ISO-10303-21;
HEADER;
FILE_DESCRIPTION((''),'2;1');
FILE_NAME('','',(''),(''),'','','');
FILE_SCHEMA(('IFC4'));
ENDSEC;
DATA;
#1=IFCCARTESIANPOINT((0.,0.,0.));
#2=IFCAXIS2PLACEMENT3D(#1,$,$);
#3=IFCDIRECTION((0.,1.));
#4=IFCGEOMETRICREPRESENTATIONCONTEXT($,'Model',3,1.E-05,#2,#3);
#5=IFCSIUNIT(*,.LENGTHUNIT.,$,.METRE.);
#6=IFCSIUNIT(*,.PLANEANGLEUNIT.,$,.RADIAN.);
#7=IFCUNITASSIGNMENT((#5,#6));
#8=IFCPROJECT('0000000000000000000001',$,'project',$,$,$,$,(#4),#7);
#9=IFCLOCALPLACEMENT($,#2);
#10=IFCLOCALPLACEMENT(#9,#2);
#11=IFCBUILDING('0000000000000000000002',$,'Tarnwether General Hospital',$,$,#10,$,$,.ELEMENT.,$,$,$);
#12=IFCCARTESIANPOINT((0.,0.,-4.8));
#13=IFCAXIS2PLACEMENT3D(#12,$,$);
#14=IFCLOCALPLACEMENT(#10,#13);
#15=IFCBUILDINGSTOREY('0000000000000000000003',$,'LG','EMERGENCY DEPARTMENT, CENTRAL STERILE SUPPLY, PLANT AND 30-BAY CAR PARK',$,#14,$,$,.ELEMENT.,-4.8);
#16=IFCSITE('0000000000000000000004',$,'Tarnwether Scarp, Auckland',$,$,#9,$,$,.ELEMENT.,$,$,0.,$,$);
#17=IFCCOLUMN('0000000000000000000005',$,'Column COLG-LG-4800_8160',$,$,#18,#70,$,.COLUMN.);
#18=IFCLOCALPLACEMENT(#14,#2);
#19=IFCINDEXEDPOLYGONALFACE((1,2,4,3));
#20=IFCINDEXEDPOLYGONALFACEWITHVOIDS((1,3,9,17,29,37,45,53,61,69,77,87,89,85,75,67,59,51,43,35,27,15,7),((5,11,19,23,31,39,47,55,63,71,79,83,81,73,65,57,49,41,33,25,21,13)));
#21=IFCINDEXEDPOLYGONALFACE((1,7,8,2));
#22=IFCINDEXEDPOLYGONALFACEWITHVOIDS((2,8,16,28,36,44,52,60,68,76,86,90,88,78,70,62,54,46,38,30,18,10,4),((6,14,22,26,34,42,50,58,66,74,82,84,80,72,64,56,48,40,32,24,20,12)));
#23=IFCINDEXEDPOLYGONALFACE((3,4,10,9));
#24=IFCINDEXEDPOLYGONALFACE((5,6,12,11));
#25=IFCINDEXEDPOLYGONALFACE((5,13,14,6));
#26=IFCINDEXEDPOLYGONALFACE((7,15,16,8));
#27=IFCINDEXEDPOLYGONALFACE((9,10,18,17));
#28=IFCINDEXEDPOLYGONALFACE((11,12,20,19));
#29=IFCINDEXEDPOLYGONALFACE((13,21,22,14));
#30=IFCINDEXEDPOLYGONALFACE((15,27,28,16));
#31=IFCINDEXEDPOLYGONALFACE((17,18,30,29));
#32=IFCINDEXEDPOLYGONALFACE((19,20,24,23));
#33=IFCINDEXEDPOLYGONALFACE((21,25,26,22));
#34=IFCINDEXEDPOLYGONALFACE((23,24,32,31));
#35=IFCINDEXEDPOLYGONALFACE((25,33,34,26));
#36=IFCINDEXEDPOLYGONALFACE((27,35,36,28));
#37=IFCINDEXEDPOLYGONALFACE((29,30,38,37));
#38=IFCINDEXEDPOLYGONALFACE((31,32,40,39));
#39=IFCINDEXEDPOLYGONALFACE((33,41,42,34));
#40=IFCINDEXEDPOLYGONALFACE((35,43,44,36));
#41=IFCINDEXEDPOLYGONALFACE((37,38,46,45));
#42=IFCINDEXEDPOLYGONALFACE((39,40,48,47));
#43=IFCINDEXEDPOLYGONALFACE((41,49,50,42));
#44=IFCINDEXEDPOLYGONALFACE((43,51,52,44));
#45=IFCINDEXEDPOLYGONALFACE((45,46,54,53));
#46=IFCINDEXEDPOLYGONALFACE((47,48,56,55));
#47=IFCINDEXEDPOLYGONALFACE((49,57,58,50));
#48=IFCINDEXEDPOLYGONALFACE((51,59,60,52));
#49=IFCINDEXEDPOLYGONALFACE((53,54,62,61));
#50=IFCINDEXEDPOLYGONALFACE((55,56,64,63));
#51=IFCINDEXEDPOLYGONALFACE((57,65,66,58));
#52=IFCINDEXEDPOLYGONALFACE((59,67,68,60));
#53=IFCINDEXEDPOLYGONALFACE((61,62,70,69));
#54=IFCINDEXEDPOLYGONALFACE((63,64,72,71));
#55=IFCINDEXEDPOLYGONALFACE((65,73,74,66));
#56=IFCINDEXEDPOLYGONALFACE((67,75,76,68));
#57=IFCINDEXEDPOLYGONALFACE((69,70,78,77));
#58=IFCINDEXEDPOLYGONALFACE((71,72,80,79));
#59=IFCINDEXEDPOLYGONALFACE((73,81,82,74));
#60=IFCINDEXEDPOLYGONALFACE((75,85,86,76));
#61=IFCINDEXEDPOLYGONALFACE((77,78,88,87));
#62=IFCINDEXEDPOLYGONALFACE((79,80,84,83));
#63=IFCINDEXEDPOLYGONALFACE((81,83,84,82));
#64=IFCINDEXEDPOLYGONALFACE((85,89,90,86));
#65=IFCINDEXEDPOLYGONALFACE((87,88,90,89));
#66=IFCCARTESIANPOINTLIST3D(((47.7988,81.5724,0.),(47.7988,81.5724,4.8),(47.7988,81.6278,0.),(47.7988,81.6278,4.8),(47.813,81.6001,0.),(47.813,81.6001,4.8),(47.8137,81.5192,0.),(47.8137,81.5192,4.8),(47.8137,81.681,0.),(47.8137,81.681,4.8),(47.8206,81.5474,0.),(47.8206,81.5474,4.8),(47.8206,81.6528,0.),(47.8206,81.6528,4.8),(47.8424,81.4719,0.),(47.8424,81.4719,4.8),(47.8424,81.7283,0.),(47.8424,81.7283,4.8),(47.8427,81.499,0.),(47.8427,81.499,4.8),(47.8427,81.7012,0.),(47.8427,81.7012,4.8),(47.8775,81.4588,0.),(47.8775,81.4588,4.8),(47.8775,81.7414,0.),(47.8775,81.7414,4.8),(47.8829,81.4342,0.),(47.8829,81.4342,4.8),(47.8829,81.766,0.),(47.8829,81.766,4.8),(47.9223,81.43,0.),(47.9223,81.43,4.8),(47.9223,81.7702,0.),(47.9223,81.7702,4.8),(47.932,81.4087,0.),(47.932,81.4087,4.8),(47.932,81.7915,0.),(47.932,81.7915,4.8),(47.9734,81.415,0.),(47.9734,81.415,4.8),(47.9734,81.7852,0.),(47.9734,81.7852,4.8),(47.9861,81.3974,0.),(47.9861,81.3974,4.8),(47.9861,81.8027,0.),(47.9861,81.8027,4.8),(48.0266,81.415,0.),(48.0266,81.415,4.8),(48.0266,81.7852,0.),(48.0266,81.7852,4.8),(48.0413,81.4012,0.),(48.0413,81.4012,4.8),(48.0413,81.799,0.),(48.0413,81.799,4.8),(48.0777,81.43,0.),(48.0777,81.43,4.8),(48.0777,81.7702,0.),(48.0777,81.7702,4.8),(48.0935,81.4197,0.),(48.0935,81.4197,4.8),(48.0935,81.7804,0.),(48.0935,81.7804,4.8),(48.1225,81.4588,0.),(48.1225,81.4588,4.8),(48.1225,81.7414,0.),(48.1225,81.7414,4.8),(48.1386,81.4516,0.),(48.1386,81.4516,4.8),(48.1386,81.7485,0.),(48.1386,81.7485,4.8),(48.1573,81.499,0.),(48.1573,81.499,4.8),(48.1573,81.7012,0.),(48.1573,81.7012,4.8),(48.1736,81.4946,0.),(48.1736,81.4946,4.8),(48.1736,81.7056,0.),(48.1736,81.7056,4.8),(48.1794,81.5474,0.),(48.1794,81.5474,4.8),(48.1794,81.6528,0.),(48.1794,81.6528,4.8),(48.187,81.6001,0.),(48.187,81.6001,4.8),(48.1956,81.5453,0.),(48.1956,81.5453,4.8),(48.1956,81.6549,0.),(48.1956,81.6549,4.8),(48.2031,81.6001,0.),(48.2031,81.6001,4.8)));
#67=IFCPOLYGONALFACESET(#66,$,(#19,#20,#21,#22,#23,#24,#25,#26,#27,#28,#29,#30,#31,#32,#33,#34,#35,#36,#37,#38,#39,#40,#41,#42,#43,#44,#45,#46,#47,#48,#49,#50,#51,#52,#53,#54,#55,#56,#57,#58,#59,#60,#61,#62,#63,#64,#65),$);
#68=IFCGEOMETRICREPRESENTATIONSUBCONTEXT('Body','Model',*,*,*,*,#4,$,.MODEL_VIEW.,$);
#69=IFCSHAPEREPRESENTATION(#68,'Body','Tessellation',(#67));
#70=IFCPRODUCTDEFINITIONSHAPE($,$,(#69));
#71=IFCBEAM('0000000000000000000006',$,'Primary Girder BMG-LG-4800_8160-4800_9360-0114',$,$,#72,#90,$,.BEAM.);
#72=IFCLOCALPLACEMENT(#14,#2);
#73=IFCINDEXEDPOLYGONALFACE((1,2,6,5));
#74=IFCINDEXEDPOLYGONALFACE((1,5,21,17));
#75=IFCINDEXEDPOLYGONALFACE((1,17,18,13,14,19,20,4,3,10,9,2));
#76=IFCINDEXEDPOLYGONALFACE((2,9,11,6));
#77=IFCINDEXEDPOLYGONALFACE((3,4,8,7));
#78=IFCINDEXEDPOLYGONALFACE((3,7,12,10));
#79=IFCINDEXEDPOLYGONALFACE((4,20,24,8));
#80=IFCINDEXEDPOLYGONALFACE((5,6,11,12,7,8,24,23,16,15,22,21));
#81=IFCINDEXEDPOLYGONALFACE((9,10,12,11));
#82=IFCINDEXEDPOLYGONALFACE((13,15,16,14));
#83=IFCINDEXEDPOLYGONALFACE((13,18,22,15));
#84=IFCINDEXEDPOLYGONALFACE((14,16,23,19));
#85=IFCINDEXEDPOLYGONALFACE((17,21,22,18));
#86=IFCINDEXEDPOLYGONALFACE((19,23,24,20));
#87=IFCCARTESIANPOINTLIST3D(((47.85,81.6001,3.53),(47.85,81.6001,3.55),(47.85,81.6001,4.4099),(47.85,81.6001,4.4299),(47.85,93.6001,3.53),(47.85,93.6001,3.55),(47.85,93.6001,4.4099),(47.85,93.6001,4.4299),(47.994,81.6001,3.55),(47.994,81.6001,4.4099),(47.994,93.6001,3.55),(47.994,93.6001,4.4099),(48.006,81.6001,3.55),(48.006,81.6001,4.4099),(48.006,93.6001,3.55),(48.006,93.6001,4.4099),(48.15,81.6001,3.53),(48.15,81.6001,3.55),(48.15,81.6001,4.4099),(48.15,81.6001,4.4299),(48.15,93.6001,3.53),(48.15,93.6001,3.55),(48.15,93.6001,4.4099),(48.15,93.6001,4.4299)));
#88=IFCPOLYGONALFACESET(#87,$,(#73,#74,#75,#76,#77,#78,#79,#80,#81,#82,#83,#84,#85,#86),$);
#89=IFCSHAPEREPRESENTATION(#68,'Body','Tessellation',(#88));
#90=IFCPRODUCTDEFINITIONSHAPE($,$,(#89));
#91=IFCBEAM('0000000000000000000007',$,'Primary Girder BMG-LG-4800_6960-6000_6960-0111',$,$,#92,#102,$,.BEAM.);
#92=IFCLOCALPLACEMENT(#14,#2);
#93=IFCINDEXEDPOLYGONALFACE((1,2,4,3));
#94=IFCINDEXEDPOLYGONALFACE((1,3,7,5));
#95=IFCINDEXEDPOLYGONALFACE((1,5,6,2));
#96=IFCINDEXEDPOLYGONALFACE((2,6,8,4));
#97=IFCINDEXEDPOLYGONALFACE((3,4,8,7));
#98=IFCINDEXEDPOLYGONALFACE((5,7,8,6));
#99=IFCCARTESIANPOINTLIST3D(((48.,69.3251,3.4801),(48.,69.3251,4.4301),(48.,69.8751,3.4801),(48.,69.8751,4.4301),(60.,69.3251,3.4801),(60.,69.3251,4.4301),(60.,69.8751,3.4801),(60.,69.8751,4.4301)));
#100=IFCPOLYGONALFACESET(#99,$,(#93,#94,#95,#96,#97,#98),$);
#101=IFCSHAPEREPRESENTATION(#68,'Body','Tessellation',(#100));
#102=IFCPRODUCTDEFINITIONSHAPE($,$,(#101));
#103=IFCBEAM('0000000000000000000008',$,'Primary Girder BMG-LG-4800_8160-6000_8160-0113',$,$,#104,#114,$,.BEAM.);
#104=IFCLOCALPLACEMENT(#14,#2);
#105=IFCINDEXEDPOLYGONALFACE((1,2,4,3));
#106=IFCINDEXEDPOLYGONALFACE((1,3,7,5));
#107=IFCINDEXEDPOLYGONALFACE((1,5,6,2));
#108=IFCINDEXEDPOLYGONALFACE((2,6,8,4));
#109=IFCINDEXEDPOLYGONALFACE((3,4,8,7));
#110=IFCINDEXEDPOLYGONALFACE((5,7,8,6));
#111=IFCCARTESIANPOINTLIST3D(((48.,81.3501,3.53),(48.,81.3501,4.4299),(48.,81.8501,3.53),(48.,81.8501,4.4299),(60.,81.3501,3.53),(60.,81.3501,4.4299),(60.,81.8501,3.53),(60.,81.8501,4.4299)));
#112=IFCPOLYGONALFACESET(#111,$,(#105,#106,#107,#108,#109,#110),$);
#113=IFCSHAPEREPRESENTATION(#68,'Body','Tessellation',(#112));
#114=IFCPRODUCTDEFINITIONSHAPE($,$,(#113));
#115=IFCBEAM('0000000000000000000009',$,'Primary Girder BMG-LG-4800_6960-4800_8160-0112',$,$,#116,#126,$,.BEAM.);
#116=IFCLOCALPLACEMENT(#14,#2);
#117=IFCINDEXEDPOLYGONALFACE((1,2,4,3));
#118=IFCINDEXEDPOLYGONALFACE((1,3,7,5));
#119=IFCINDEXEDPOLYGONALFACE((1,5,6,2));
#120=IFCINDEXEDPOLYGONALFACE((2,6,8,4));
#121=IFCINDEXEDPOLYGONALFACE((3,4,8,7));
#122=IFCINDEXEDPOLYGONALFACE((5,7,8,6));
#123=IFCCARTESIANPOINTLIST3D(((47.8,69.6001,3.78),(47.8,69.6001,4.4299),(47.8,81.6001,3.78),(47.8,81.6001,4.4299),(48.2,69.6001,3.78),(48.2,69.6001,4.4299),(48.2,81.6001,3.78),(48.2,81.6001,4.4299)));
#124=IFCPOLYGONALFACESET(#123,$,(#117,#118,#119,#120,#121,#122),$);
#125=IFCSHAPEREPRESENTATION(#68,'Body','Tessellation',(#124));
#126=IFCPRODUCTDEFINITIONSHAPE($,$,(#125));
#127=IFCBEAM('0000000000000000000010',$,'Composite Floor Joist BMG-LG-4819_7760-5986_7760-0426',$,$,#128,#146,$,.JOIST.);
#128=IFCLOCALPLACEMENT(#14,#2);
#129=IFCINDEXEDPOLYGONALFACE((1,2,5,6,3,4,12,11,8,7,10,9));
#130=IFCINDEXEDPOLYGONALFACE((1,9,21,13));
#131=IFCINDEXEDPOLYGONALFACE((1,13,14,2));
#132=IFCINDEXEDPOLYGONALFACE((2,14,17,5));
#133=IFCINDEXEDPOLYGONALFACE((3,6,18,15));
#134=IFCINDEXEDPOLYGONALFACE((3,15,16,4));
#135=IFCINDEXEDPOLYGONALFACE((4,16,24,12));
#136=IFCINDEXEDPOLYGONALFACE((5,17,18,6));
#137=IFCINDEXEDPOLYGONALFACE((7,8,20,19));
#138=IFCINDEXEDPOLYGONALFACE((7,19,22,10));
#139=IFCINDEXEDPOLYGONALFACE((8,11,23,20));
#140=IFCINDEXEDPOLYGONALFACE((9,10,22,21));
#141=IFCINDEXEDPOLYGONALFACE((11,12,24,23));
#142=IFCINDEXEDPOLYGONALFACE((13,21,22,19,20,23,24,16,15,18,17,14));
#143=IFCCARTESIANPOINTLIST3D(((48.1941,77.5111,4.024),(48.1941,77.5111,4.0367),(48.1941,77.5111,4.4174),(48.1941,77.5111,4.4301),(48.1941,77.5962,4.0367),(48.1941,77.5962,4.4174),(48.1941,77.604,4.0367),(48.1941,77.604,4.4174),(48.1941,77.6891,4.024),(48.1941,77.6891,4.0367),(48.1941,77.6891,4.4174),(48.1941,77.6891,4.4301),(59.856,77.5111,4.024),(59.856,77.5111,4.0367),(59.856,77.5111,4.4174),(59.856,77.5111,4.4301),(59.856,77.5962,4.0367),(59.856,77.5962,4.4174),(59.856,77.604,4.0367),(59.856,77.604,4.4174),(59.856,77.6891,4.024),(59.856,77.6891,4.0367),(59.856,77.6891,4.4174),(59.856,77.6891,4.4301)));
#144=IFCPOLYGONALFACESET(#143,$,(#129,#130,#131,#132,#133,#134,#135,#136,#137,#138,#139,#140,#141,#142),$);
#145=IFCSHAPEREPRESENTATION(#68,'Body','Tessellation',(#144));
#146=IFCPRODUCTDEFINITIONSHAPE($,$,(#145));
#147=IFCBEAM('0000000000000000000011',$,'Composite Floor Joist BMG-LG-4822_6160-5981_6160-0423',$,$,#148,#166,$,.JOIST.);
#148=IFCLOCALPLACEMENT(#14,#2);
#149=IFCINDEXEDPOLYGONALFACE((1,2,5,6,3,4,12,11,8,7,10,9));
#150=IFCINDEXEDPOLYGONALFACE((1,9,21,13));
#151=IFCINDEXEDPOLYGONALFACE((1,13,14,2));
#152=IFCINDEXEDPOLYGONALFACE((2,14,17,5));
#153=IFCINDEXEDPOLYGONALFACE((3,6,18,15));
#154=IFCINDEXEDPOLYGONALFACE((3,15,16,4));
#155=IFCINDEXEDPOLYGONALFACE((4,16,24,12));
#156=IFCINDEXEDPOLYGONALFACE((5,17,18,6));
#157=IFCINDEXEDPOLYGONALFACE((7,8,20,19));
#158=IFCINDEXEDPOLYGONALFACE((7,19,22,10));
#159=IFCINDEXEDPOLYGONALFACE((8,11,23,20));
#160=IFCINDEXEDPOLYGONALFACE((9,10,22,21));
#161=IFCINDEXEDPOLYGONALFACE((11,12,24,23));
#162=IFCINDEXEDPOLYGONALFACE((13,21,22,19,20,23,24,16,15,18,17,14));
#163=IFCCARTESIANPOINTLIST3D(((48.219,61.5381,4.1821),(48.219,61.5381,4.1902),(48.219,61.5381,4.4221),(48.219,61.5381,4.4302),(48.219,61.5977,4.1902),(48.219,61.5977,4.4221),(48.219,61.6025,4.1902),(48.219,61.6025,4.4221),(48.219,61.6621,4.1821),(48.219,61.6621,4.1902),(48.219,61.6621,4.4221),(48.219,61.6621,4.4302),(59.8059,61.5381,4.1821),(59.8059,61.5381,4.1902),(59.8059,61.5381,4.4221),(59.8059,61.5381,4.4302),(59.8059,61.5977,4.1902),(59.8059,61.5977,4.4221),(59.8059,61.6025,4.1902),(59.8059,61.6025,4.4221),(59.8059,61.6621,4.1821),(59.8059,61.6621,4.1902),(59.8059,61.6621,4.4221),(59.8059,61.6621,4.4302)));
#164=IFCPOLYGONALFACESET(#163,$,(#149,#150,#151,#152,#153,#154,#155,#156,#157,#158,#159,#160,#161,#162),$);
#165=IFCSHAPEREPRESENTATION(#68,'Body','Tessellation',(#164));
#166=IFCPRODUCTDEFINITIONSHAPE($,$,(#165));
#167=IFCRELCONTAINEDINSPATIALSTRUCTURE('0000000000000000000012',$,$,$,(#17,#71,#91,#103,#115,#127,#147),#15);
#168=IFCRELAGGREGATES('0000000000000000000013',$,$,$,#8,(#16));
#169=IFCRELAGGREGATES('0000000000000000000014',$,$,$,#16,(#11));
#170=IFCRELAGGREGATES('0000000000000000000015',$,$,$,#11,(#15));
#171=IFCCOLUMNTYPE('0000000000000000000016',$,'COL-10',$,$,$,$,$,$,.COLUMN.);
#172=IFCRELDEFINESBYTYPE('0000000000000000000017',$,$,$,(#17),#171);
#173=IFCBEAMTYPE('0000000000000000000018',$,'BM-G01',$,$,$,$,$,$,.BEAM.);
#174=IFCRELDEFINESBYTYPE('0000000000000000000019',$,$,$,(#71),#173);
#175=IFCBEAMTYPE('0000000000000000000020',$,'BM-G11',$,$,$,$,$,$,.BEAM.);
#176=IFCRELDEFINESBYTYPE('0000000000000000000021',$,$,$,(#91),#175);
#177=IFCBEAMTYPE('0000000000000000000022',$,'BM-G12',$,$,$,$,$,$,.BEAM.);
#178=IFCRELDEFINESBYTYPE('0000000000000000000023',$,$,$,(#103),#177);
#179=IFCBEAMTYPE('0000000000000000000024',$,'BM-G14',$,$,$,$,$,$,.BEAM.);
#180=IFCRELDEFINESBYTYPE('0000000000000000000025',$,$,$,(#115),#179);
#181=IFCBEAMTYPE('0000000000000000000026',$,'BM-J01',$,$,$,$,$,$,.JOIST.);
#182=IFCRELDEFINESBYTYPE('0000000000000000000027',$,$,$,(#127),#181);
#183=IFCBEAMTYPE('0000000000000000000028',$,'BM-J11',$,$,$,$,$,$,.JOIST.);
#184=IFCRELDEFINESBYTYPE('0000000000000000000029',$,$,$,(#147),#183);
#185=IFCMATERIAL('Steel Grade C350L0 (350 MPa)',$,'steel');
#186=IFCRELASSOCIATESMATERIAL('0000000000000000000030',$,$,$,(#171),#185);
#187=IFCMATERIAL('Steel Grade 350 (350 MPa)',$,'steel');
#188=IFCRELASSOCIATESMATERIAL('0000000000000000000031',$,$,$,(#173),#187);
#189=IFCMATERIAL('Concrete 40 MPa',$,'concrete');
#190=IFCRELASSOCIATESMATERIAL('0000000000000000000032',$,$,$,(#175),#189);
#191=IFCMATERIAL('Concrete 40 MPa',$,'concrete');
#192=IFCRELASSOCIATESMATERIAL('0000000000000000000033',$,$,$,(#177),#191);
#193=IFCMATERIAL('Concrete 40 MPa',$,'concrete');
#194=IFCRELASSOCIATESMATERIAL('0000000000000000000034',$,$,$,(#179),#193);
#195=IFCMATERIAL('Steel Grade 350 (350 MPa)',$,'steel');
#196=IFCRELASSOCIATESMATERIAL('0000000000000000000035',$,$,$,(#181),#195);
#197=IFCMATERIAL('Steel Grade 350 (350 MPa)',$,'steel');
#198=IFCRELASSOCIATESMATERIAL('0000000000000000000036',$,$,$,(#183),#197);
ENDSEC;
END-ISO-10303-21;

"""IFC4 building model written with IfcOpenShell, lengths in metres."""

from ifc_helpers import new_model, si_unit, direction, frame, origin, origin_2d, place, context, subcontext, project, spatial, rectangle, hollow_circle, i_section, extrude, material, material_profile, profile_set, type_object, element, save


model = new_model("IFC4")

# Units and contexts
model_context = context("Model", 3, precision=1e-05, world=origin(), true_north=direction((0.0, 1.0)))
body_context = subcontext(model_context, "Body", "Model", "MODEL_VIEW")
ifc_project = project(units=[si_unit("LENGTHUNIT", "METRE"), si_unit("PLANEANGLEUNIT", "RADIAN")], contexts=[model_context])

# Site, building, storey
site_placement = place(None, origin())
site = spatial("IfcSite", under=ifc_project, at=site_placement, Name="Tarnwether Scarp, Auckland", CompositionType="ELEMENT", RefElevation=0.0)
building_placement = place(site_placement, origin())
building = spatial("IfcBuilding", under=site, at=building_placement, Name="Tarnwether General Hospital", CompositionType="ELEMENT")
storey_placement = place(building_placement, frame((0.0, 0.0, -4.8)))
storey = spatial("IfcBuildingStorey", under=building, at=storey_placement, Name="LG", Description="EMERGENCY DEPARTMENT, CENTRAL STERILE SUPPLY, PLANT AND 30-BAY CAR PARK", CompositionType="ELEMENT", Elevation=-4.8)

# Column
ifc_material_1 = material(Name="Steel Grade C350L0 (350 MPa)", Category="steel")
ifc_material_profile_1 = material_profile(ifc_material_1, hollow_circle(Radius=0.2031, WallThickness=0.0161, at=origin_2d()), Name="CHS406.4x16.0")
ifc_profile_set_1 = profile_set([ifc_material_profile_1], Name="Steel Grade C350L0 (350 MPa)")
column_type_1 = type_object("IfcColumnType", Name="COL-10", PredefinedType="COLUMN", material=ifc_profile_set_1)
column_1_placement = place(storey_placement, frame((48.0, 81.6001, 0.0), z_axis=(0.0, 0.0, 1.0), x_axis=(1.0, 0.0, 0.0)))
element("IfcColumn", 1, at=column_1_placement, inside=storey, type_object=column_type_1, Name="Column COLG-LG-4800_8160", PredefinedType="COLUMN", context=body_context, shape_type="SweptSolid", body=[
    extrude(hollow_circle(Radius=0.2031, WallThickness=0.0161, at=origin_2d()), origin(), (0.0, 0.0, 1.0), 4.8),
])

# Beams
ifc_material_2 = material(Name="Steel Grade 350 (350 MPa)", Category="steel")
ifc_material_profile_2 = material_profile(ifc_material_2, i_section(OverallWidth=0.3, OverallDepth=0.8999, WebThickness=0.012, FlangeThickness=0.02, at=origin_2d()), Name="900WB175")
ifc_profile_set_2 = profile_set([ifc_material_profile_2], Name="Steel Grade 350 (350 MPa)")
beam_type_1 = type_object("IfcBeamType", Name="BM-G01", PredefinedType="BEAM", material=ifc_profile_set_2)
beam_1_placement = place(storey_placement, frame((48.0, 81.6001, 3.98), z_axis=(0.0, 1.0, 0.0), x_axis=(-1.0, 0.0, 0.0)))
element("IfcBeam", 2, at=beam_1_placement, inside=storey, type_object=beam_type_1, Name="Primary Girder BMG-LG-4800_8160-4800_9360-0114", PredefinedType="BEAM", context=body_context, shape_type="SweptSolid", body=[
    extrude(i_section(OverallWidth=0.3, OverallDepth=0.8999, WebThickness=0.012, FlangeThickness=0.02, at=origin_2d()), origin(), (0.0, 0.0, 1.0), 12.0),
])
ifc_material_3 = material(Name="Concrete 40 MPa", Category="concrete")
ifc_material_profile_3 = material_profile(ifc_material_3, rectangle(XDim=0.55, YDim=0.95, at=origin_2d()), Name="RC-BM-550x950")
ifc_profile_set_3 = profile_set([ifc_material_profile_3], Name="Concrete 40 MPa")
beam_type_2 = type_object("IfcBeamType", Name="BM-G11", PredefinedType="BEAM", material=ifc_profile_set_3)
beam_2_placement = place(storey_placement, frame((48.0, 69.6001, 3.9551), z_axis=(1.0, 0.0, 0.0), x_axis=(0.0, 1.0, 0.0)))
element("IfcBeam", 3, at=beam_2_placement, inside=storey, type_object=beam_type_2, Name="Primary Girder BMG-LG-4800_6960-6000_6960-0111", PredefinedType="BEAM", context=body_context, shape_type="SweptSolid", body=[
    extrude(rectangle(XDim=0.55, YDim=0.95, at=origin_2d()), origin(), (0.0, 0.0, 1.0), 12.0),
])
ifc_material_4 = material(Name="Concrete 40 MPa", Category="concrete")
ifc_material_profile_4 = material_profile(ifc_material_4, rectangle(XDim=0.5, YDim=0.8999, at=origin_2d()), Name="RC-BM-500x900")
ifc_profile_set_4 = profile_set([ifc_material_profile_4], Name="Concrete 40 MPa")
beam_type_3 = type_object("IfcBeamType", Name="BM-G12", PredefinedType="BEAM", material=ifc_profile_set_4)
beam_3_placement = place(storey_placement, frame((48.0, 81.6001, 3.98), z_axis=(1.0, 0.0, 0.0), x_axis=(0.0, 1.0, 0.0)))
element("IfcBeam", 4, at=beam_3_placement, inside=storey, type_object=beam_type_3, Name="Primary Girder BMG-LG-4800_8160-6000_8160-0113", PredefinedType="BEAM", context=body_context, shape_type="SweptSolid", body=[
    extrude(rectangle(XDim=0.5, YDim=0.8999, at=origin_2d()), origin(), (0.0, 0.0, 1.0), 12.0),
])
ifc_material_5 = material(Name="Concrete 40 MPa", Category="concrete")
ifc_material_profile_5 = material_profile(ifc_material_5, rectangle(XDim=0.3999, YDim=0.6499, at=origin_2d()), Name="RC-BM-400x650")
ifc_profile_set_5 = profile_set([ifc_material_profile_5], Name="Concrete 40 MPa")
beam_type_4 = type_object("IfcBeamType", Name="BM-G14", PredefinedType="BEAM", material=ifc_profile_set_5)
beam_4_placement = place(storey_placement, frame((48.0, 69.6001, 4.105), z_axis=(0.0, 1.0, 0.0), x_axis=(-1.0, 0.0, 0.0)))
element("IfcBeam", 5, at=beam_4_placement, inside=storey, type_object=beam_type_4, Name="Primary Girder BMG-LG-4800_6960-4800_8160-0112", PredefinedType="BEAM", context=body_context, shape_type="SweptSolid", body=[
    extrude(rectangle(XDim=0.3999, YDim=0.6499, at=origin_2d()), origin(), (0.0, 0.0, 1.0), 12.0),
])
ifc_material_6 = material(Name="Steel Grade 350 (350 MPa)", Category="steel")
ifc_material_profile_6 = material_profile(ifc_material_6, i_section(OverallWidth=0.178, OverallDepth=0.406, WebThickness=0.0078, FlangeThickness=0.0127, at=origin_2d()), Name="410UB59.7")
ifc_profile_set_6 = profile_set([ifc_material_profile_6], Name="Steel Grade 350 (350 MPa)")
beam_type_5 = type_object("IfcBeamType", Name="BM-J01", PredefinedType="JOIST", material=ifc_profile_set_6)
beam_5_placement = place(storey_placement, frame((48.1941, 77.6001, 4.2271), z_axis=(1.0, 0.0, 0.0), x_axis=(0.0, 1.0, 0.0)))
element("IfcBeam", 6, at=beam_5_placement, inside=storey, type_object=beam_type_5, Name="Composite Floor Joist BMG-LG-4819_7760-5986_7760-0426", PredefinedType="JOIST", context=body_context, shape_type="SweptSolid", body=[
    extrude(i_section(OverallWidth=0.178, OverallDepth=0.406, WebThickness=0.0078, FlangeThickness=0.0127, at=origin_2d()), origin(), (0.0, 0.0, 1.0), 11.6619),
])
ifc_material_7 = material(Name="Steel Grade 350 (350 MPa)", Category="steel")
ifc_material_profile_7 = material_profile(ifc_material_7, i_section(OverallWidth=0.124, OverallDepth=0.248, WebThickness=0.0049, FlangeThickness=0.0081, at=origin_2d()), Name="250UB25.7")
ifc_profile_set_7 = profile_set([ifc_material_profile_7], Name="Steel Grade 350 (350 MPa)")
beam_type_6 = type_object("IfcBeamType", Name="BM-J11", PredefinedType="JOIST", material=ifc_profile_set_7)
beam_6_placement = place(storey_placement, frame((48.219, 61.6001, 4.3062), z_axis=(1.0, 0.0, 0.0), x_axis=(0.0, 1.0, 0.0)))
element("IfcBeam", 7, at=beam_6_placement, inside=storey, type_object=beam_type_6, Name="Composite Floor Joist BMG-LG-4822_6160-5981_6160-0423", PredefinedType="JOIST", context=body_context, shape_type="SweptSolid", body=[
    extrude(i_section(OverallWidth=0.124, OverallDepth=0.248, WebThickness=0.0049, FlangeThickness=0.0081, at=origin_2d()), origin(), (0.0, 0.0, 1.0), 11.5869),
])

save(model, "model.ifc")
